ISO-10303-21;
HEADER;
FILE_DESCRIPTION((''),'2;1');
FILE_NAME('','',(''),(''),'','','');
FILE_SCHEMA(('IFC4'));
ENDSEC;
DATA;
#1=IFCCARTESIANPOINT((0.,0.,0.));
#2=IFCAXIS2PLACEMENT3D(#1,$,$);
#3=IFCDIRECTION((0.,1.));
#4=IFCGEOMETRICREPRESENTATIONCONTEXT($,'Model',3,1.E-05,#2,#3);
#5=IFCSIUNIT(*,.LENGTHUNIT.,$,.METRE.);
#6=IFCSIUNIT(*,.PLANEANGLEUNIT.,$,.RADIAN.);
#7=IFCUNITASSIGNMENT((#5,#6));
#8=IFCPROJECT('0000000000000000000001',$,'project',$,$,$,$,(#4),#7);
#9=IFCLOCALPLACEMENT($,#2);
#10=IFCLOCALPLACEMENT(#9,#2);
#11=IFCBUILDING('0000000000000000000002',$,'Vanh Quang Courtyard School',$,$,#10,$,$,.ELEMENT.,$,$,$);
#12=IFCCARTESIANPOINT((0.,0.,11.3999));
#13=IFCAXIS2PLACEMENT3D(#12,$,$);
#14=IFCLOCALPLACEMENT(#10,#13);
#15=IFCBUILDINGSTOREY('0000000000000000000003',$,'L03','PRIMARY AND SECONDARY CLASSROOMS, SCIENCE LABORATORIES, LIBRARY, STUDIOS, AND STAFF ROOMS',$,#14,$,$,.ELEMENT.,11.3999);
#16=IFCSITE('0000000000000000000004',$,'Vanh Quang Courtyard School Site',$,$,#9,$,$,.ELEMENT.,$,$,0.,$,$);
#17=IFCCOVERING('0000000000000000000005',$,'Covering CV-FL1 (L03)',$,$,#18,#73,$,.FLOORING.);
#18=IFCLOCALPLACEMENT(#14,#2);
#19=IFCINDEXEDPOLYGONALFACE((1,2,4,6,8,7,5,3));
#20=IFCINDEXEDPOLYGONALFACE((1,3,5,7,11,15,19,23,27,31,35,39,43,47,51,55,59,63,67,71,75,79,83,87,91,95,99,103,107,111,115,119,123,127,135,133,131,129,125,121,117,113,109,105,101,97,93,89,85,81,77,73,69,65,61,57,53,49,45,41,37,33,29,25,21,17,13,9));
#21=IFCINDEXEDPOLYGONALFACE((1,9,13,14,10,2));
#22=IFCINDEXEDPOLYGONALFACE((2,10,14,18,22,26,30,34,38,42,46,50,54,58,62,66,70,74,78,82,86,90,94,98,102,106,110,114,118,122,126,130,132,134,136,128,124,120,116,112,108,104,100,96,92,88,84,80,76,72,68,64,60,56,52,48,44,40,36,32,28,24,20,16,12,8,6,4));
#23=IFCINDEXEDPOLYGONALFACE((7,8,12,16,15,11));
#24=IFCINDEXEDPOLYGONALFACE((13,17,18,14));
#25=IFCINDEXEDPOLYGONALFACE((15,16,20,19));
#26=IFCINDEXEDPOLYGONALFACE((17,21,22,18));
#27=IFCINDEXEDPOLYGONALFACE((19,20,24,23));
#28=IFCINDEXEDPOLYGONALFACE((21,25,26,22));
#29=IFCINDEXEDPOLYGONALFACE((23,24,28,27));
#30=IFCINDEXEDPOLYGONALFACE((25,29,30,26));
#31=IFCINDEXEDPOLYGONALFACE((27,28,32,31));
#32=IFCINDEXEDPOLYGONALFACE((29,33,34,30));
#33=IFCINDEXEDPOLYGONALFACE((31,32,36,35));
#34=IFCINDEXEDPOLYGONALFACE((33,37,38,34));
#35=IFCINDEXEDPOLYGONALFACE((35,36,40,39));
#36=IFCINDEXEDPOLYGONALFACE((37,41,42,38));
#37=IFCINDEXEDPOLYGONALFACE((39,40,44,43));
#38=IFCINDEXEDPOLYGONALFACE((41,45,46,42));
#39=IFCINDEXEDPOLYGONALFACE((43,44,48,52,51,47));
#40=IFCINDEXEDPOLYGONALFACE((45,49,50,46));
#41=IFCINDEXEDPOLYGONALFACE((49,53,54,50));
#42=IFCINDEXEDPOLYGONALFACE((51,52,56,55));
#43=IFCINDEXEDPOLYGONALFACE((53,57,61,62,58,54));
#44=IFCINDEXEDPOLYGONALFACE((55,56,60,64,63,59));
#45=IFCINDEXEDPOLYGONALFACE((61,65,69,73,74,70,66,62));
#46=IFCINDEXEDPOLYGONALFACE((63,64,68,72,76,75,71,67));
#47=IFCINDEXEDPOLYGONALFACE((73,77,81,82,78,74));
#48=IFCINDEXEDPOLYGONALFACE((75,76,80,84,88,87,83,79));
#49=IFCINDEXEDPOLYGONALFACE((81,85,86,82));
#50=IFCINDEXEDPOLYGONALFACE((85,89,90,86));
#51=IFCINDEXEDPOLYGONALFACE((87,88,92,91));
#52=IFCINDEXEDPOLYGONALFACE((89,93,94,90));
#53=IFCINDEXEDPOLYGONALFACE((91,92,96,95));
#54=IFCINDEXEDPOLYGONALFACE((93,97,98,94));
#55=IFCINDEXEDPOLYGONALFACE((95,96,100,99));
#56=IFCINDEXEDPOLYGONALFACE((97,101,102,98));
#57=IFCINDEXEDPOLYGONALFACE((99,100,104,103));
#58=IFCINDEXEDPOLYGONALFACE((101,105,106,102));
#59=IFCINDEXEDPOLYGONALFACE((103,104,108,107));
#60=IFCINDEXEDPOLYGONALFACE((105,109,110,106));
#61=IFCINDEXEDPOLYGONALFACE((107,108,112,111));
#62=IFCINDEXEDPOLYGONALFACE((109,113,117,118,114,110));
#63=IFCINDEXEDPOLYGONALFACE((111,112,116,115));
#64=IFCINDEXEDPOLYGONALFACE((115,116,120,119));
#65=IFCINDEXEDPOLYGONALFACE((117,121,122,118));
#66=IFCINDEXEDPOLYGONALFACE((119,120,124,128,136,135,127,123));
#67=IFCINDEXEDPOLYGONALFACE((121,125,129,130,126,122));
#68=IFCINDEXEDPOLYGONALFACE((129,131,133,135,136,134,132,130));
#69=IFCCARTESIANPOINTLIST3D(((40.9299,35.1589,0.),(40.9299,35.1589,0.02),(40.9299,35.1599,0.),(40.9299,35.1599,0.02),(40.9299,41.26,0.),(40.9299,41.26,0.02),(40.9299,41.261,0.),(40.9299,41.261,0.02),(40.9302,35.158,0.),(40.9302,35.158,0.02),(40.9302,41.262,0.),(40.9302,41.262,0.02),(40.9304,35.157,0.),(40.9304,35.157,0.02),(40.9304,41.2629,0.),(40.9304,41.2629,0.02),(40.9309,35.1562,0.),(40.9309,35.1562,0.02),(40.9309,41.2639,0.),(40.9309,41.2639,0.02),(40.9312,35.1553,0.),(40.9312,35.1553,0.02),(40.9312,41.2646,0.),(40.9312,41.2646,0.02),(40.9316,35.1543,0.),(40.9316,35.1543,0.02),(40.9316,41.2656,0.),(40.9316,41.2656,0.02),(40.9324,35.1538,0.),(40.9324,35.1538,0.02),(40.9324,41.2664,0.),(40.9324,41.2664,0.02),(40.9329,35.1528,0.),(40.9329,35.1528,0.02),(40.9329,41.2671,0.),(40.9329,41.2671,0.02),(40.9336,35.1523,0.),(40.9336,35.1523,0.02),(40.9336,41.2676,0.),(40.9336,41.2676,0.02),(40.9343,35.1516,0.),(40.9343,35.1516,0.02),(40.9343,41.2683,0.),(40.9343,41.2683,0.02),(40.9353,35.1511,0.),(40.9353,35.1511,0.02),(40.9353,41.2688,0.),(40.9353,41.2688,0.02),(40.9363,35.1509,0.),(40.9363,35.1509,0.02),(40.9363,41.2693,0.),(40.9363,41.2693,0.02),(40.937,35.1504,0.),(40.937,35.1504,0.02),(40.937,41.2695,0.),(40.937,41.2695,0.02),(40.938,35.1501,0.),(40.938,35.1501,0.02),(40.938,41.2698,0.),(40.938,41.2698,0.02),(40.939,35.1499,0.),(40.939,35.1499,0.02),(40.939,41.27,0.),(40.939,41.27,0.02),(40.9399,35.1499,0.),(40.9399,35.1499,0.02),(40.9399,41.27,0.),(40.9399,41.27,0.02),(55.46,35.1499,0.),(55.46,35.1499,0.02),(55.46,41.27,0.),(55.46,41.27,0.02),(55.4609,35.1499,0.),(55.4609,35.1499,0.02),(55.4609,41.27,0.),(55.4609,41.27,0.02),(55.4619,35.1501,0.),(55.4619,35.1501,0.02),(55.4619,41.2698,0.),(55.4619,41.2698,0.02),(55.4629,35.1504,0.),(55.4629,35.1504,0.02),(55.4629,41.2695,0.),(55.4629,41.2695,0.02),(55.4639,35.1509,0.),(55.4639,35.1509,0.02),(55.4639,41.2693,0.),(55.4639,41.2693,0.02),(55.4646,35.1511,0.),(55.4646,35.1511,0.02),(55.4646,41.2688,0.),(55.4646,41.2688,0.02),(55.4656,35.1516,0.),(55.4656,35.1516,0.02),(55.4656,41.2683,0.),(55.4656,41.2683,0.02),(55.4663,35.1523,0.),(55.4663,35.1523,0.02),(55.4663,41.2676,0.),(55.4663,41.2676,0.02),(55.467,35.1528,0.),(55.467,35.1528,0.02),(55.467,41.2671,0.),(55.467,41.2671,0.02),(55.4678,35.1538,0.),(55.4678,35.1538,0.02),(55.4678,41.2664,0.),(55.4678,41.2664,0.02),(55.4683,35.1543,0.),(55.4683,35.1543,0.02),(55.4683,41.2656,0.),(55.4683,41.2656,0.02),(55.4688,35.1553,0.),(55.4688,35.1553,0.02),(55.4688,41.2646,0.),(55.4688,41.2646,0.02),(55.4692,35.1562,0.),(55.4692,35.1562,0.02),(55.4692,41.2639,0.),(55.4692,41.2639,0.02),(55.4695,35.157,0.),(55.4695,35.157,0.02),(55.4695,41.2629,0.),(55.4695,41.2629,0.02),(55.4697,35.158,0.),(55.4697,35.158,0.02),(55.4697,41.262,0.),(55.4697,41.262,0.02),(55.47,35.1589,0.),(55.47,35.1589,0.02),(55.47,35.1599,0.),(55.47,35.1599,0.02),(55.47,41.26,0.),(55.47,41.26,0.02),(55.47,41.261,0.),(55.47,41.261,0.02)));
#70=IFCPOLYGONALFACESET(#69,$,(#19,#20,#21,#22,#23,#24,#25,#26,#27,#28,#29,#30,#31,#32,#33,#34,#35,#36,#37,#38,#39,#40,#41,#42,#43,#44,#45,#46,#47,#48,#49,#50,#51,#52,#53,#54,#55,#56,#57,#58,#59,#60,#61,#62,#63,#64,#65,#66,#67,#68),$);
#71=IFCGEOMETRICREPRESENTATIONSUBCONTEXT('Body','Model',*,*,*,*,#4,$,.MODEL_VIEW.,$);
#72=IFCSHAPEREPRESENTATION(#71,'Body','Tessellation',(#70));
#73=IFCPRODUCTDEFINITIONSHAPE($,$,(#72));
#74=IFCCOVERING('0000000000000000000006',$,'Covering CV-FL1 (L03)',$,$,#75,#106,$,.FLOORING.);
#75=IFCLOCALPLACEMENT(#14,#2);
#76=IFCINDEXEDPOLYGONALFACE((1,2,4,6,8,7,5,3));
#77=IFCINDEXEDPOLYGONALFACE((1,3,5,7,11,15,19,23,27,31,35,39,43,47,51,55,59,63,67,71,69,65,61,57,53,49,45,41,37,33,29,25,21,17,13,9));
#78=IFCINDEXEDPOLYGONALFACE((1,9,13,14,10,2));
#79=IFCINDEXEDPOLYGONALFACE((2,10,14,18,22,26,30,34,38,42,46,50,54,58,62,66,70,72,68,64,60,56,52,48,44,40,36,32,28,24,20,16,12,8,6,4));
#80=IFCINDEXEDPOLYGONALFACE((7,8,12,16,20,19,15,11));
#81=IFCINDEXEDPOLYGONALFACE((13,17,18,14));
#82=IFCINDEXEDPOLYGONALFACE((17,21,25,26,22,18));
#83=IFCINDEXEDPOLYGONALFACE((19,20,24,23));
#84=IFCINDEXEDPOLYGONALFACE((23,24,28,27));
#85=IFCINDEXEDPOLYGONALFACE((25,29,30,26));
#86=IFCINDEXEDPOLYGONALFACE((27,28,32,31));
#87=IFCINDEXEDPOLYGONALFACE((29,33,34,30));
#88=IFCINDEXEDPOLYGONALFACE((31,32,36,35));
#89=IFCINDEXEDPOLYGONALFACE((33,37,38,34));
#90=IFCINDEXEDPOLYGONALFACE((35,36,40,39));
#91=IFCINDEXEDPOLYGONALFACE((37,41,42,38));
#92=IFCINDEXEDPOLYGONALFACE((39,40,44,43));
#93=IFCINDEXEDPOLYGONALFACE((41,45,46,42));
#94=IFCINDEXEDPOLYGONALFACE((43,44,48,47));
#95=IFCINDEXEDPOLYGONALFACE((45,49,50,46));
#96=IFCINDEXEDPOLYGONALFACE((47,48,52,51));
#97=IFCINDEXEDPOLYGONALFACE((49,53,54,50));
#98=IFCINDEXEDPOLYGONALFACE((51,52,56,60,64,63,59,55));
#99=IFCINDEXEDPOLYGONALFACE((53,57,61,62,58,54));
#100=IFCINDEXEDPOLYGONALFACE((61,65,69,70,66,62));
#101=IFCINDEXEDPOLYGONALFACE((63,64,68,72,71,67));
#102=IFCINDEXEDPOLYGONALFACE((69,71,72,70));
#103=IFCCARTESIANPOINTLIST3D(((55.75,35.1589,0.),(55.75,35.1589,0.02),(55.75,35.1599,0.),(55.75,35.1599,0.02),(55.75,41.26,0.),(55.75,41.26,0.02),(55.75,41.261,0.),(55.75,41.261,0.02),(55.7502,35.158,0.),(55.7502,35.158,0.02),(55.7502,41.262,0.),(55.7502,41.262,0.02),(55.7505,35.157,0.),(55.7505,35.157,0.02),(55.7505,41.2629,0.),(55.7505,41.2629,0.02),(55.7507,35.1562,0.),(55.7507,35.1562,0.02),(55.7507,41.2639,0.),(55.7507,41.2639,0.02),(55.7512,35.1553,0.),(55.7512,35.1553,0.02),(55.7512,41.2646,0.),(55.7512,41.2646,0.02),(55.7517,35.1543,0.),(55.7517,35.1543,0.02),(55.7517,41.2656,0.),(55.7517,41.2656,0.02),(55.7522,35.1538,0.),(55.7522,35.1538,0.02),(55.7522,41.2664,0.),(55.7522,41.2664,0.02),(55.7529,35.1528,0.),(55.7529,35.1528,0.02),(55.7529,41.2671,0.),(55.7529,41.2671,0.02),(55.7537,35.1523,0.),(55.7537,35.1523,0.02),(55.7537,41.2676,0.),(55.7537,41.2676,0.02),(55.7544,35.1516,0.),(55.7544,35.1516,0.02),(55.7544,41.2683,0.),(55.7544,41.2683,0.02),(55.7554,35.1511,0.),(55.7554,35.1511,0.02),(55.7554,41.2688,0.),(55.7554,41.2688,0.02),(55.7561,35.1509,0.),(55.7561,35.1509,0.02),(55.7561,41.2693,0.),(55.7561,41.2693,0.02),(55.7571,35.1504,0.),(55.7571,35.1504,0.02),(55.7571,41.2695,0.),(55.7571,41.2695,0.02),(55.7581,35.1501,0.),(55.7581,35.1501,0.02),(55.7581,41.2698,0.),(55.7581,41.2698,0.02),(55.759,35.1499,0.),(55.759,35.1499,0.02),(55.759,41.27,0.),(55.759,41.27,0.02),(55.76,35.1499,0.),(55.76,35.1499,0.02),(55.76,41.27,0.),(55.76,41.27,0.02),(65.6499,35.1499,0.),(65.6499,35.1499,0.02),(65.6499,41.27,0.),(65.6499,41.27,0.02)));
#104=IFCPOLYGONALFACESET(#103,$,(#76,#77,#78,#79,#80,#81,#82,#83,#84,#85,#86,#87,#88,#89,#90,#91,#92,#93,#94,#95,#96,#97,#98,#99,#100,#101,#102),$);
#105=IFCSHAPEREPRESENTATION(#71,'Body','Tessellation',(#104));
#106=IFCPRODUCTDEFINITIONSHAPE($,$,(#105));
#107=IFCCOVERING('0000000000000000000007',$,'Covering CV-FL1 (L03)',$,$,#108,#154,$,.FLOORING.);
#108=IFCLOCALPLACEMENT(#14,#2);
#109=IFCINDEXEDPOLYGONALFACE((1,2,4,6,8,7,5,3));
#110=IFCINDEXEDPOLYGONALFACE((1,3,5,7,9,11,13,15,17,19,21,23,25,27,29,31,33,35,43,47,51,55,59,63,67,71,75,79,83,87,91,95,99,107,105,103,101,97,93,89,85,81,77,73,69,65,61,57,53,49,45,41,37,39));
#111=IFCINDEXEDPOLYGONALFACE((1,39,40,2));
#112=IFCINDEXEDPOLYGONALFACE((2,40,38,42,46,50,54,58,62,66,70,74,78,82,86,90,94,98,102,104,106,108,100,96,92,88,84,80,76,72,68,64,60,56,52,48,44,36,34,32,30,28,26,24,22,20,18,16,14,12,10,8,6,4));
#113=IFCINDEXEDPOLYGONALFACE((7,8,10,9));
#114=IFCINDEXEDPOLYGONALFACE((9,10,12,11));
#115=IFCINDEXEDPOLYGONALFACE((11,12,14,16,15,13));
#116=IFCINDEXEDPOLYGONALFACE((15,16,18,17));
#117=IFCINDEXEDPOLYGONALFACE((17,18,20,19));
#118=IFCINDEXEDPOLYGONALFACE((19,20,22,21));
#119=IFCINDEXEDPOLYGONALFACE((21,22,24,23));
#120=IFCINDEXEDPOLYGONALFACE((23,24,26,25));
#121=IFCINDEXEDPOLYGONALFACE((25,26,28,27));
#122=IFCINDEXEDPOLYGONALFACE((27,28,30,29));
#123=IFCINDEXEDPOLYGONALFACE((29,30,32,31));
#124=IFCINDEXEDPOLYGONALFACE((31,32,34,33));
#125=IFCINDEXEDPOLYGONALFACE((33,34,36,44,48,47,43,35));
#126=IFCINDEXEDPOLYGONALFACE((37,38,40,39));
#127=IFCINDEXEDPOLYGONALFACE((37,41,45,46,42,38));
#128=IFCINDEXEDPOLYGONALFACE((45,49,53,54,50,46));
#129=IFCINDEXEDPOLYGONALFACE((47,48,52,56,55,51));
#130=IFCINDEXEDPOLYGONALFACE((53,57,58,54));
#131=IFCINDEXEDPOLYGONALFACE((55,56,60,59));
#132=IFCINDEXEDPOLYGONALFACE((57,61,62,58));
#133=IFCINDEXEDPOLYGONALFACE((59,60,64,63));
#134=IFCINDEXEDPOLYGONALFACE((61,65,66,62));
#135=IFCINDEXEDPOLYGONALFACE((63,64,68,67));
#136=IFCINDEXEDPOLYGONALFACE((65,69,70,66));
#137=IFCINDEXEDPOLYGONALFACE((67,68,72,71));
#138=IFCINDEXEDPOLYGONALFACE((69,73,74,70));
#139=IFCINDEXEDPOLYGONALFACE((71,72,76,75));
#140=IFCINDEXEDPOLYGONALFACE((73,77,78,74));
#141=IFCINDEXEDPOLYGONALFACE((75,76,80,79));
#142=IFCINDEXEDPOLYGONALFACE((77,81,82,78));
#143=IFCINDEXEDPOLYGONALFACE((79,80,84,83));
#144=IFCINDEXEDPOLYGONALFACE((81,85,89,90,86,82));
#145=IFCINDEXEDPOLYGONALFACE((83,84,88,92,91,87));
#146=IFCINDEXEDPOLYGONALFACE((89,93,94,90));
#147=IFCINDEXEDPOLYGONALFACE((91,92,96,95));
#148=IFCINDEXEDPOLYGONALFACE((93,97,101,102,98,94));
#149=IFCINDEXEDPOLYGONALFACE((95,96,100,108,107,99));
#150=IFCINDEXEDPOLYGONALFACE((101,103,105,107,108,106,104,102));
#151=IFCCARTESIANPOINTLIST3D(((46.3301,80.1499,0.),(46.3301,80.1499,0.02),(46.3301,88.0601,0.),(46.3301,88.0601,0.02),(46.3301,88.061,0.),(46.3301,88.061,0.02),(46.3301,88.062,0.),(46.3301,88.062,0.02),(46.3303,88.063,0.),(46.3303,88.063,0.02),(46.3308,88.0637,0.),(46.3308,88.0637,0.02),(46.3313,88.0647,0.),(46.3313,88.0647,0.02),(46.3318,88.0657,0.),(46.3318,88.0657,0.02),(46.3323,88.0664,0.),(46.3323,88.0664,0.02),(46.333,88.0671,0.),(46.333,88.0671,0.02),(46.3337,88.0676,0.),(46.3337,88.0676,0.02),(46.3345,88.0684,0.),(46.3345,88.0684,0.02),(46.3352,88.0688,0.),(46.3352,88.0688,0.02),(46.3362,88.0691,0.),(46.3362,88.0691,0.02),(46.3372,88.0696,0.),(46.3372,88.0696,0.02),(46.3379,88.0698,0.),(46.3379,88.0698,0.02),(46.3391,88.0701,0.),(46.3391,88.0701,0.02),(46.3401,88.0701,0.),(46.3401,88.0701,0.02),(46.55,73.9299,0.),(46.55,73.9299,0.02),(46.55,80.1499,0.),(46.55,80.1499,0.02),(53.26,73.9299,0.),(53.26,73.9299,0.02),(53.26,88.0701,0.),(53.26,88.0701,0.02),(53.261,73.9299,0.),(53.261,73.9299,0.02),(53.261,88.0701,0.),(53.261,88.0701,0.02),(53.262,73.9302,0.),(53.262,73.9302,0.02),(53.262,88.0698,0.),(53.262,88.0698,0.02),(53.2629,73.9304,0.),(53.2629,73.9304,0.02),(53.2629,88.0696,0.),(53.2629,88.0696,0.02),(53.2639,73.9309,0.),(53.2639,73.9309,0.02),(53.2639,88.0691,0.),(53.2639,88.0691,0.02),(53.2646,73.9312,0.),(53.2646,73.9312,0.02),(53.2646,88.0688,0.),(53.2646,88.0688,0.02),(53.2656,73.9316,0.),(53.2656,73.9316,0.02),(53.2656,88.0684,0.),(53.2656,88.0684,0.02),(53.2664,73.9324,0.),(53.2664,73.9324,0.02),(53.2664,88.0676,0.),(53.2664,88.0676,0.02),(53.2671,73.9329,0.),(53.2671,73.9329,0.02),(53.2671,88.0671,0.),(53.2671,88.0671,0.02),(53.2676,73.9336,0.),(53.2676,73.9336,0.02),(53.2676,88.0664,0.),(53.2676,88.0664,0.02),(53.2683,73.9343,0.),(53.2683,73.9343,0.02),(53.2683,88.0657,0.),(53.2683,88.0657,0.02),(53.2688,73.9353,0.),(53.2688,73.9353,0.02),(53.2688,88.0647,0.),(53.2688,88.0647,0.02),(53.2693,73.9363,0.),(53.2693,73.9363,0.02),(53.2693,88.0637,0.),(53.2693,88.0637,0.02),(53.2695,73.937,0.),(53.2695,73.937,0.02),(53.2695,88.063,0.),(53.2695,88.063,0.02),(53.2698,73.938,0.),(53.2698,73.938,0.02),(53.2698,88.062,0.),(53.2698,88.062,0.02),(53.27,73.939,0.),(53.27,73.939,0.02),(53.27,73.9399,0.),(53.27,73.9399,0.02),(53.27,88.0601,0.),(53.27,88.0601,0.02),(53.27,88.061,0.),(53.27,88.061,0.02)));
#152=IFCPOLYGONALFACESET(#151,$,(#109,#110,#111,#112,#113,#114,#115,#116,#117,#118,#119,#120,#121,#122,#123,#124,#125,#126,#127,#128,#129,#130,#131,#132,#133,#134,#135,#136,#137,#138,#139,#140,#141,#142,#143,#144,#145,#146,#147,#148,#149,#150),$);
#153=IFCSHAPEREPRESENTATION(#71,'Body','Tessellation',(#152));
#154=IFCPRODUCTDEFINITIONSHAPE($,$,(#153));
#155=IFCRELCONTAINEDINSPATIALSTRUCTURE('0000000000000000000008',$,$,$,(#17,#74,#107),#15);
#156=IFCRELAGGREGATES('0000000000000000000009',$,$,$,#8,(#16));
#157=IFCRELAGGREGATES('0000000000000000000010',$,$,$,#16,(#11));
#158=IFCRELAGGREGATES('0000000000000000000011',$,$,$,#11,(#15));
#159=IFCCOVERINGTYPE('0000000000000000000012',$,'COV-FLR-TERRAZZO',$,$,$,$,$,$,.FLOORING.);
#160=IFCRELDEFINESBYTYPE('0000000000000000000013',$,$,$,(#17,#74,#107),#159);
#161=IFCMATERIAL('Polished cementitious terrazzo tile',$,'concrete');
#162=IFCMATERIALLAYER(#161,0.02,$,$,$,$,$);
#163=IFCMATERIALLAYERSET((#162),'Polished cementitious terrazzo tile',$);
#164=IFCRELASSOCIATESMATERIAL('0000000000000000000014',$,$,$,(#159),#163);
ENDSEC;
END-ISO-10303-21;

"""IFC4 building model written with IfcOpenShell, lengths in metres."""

from ifc_helpers import new_model, si_unit, direction, frame, origin, place, context, subcontext, project, spatial, polyline, outline, extrude, material, layer, layer_set, type_object, element, save


model = new_model("IFC4")

# Units and contexts
model_context = context("Model", 3, precision=1e-05, world=origin(), true_north=direction((0.0, 1.0)))
body_context = subcontext(model_context, "Body", "Model", "MODEL_VIEW")
ifc_project = project(units=[si_unit("LENGTHUNIT", "METRE"), si_unit("PLANEANGLEUNIT", "RADIAN")], contexts=[model_context])

# Site, building, storey
site_placement = place(None, origin())
site = spatial("IfcSite", under=ifc_project, at=site_placement, Name="Vanh Quang Courtyard School Site", CompositionType="ELEMENT", RefElevation=0.0)
building_placement = place(site_placement, origin())
building = spatial("IfcBuilding", under=site, at=building_placement, Name="Vanh Quang Courtyard School", CompositionType="ELEMENT")
storey_placement = place(building_placement, frame((0.0, 0.0, 11.3999)))
storey = spatial("IfcBuildingStorey", under=building, at=storey_placement, Name="L03", Description="PRIMARY AND SECONDARY CLASSROOMS, SCIENCE LABORATORIES, LIBRARY, STUDIOS, AND STAFF ROOMS", CompositionType="ELEMENT", Elevation=11.3999)

# Coverings
ifc_material_1 = material(Name="Polished cementitious terrazzo tile", Category="concrete")
ifc_layer_1 = layer(ifc_material_1, 0.02)
ifc_layer_set_1 = layer_set([ifc_layer_1], Name="Polished cementitious terrazzo tile")
covering_type = type_object("IfcCoveringType", Name="COV-FLR-TERRAZZO", PredefinedType="FLOORING", material=ifc_layer_set_1)
covering_1_placement = place(storey_placement, origin())
element("IfcCovering", 1, at=covering_1_placement, inside=storey, type_object=covering_type, Name="Covering CV-FL1 (L03)", PredefinedType="FLOORING", context=body_context, shape_type="SweptSolid", body=[
    extrude(outline(polyline([(55.47, 35.1599), (55.47, 35.1589), (55.4697, 35.158), (55.4695, 35.157), (55.4692, 35.1562), (55.4688, 35.1553), (55.4683, 35.1543), (55.4678, 35.1538), (55.467, 35.1528), (55.4663, 35.1523), (55.4656, 35.1516), (55.4646, 35.1511), (55.4639, 35.1509), (55.4629, 35.1504), (55.4619, 35.1501), (55.4609, 35.1499), (55.46, 35.1499), (40.9399, 35.1499), (40.939, 35.1499), (40.938, 35.1501), (40.937, 35.1504), (40.9363, 35.1509), (40.9353, 35.1511), (40.9343, 35.1516), (40.9336, 35.1523), (40.9329, 35.1528), (40.9324, 35.1538), (40.9316, 35.1543), (40.9312, 35.1553), (40.9309, 35.1562), (40.9304, 35.157), (40.9302, 35.158), (40.9299, 35.1589), (40.9299, 35.1599), (40.9299, 41.26), (40.9299, 41.261), (40.9302, 41.262), (40.9304, 41.2629), (40.9309, 41.2639), (40.9312, 41.2646), (40.9316, 41.2656), (40.9324, 41.2664), (40.9329, 41.2671), (40.9336, 41.2676), (40.9343, 41.2683), (40.9353, 41.2688), (40.9363, 41.2693), (40.937, 41.2695), (40.938, 41.2698), (40.939, 41.27), (40.9399, 41.27), (55.46, 41.27), (55.4609, 41.27), (55.4619, 41.2698), (55.4629, 41.2695), (55.4639, 41.2693), (55.4646, 41.2688), (55.4656, 41.2683), (55.4663, 41.2676), (55.467, 41.2671), (55.4678, 41.2664), (55.4683, 41.2656), (55.4688, 41.2646), (55.4692, 41.2639), (55.4695, 41.2629), (55.4697, 41.262), (55.47, 41.261), (55.47, 41.26), (55.47, 35.1599)])), origin(), (0.0, 0.0, 1.0), 0.02),
])
covering_2_placement = place(storey_placement, origin())
element("IfcCovering", 2, at=covering_2_placement, inside=storey, type_object=covering_type, Name="Covering CV-FL1 (L03)", PredefinedType="FLOORING", context=body_context, shape_type="SweptSolid", body=[
    extrude(outline(polyline([(55.76, 35.1499), (55.759, 35.1499), (55.7581, 35.1501), (55.7571, 35.1504), (55.7561, 35.1509), (55.7554, 35.1511), (55.7544, 35.1516), (55.7537, 35.1523), (55.7529, 35.1528), (55.7522, 35.1538), (55.7517, 35.1543), (55.7512, 35.1553), (55.7507, 35.1562), (55.7505, 35.157), (55.7502, 35.158), (55.75, 35.1589), (55.75, 35.1599), (55.75, 41.26), (55.75, 41.261), (55.7502, 41.262), (55.7505, 41.2629), (55.7507, 41.2639), (55.7512, 41.2646), (55.7517, 41.2656), (55.7522, 41.2664), (55.7529, 41.2671), (55.7537, 41.2676), (55.7544, 41.2683), (55.7554, 41.2688), (55.7561, 41.2693), (55.7571, 41.2695), (55.7581, 41.2698), (55.759, 41.27), (55.76, 41.27), (65.6499, 41.27), (65.6499, 35.1499), (55.76, 35.1499)])), origin(), (0.0, 0.0, 1.0), 0.02),
])
covering_3_placement = place(storey_placement, origin())
element("IfcCovering", 3, at=covering_3_placement, inside=storey, type_object=covering_type, Name="Covering CV-FL1 (L03)", PredefinedType="FLOORING", context=body_context, shape_type="SweptSolid", body=[
    extrude(outline(polyline([(53.27, 73.9399), (53.27, 73.939), (53.2698, 73.938), (53.2695, 73.937), (53.2693, 73.9363), (53.2688, 73.9353), (53.2683, 73.9343), (53.2676, 73.9336), (53.2671, 73.9329), (53.2664, 73.9324), (53.2656, 73.9316), (53.2646, 73.9312), (53.2639, 73.9309), (53.2629, 73.9304), (53.262, 73.9302), (53.261, 73.9299), (53.26, 73.9299), (46.55, 73.9299), (46.55, 80.1499), (46.3301, 80.1499), (46.3301, 88.0601), (46.3301, 88.061), (46.3301, 88.062), (46.3303, 88.063), (46.3308, 88.0637), (46.3313, 88.0647), (46.3318, 88.0657), (46.3323, 88.0664), (46.333, 88.0671), (46.3337, 88.0676), (46.3345, 88.0684), (46.3352, 88.0688), (46.3362, 88.0691), (46.3372, 88.0696), (46.3379, 88.0698), (46.3391, 88.0701), (46.3401, 88.0701), (53.26, 88.0701), (53.261, 88.0701), (53.262, 88.0698), (53.2629, 88.0696), (53.2639, 88.0691), (53.2646, 88.0688), (53.2656, 88.0684), (53.2664, 88.0676), (53.2671, 88.0671), (53.2676, 88.0664), (53.2683, 88.0657), (53.2688, 88.0647), (53.2693, 88.0637), (53.2695, 88.063), (53.2698, 88.062), (53.27, 88.061), (53.27, 88.0601), (53.27, 73.9399)])), origin(), (0.0, 0.0, 1.0), 0.02),
])

save(model, "model.ifc")
